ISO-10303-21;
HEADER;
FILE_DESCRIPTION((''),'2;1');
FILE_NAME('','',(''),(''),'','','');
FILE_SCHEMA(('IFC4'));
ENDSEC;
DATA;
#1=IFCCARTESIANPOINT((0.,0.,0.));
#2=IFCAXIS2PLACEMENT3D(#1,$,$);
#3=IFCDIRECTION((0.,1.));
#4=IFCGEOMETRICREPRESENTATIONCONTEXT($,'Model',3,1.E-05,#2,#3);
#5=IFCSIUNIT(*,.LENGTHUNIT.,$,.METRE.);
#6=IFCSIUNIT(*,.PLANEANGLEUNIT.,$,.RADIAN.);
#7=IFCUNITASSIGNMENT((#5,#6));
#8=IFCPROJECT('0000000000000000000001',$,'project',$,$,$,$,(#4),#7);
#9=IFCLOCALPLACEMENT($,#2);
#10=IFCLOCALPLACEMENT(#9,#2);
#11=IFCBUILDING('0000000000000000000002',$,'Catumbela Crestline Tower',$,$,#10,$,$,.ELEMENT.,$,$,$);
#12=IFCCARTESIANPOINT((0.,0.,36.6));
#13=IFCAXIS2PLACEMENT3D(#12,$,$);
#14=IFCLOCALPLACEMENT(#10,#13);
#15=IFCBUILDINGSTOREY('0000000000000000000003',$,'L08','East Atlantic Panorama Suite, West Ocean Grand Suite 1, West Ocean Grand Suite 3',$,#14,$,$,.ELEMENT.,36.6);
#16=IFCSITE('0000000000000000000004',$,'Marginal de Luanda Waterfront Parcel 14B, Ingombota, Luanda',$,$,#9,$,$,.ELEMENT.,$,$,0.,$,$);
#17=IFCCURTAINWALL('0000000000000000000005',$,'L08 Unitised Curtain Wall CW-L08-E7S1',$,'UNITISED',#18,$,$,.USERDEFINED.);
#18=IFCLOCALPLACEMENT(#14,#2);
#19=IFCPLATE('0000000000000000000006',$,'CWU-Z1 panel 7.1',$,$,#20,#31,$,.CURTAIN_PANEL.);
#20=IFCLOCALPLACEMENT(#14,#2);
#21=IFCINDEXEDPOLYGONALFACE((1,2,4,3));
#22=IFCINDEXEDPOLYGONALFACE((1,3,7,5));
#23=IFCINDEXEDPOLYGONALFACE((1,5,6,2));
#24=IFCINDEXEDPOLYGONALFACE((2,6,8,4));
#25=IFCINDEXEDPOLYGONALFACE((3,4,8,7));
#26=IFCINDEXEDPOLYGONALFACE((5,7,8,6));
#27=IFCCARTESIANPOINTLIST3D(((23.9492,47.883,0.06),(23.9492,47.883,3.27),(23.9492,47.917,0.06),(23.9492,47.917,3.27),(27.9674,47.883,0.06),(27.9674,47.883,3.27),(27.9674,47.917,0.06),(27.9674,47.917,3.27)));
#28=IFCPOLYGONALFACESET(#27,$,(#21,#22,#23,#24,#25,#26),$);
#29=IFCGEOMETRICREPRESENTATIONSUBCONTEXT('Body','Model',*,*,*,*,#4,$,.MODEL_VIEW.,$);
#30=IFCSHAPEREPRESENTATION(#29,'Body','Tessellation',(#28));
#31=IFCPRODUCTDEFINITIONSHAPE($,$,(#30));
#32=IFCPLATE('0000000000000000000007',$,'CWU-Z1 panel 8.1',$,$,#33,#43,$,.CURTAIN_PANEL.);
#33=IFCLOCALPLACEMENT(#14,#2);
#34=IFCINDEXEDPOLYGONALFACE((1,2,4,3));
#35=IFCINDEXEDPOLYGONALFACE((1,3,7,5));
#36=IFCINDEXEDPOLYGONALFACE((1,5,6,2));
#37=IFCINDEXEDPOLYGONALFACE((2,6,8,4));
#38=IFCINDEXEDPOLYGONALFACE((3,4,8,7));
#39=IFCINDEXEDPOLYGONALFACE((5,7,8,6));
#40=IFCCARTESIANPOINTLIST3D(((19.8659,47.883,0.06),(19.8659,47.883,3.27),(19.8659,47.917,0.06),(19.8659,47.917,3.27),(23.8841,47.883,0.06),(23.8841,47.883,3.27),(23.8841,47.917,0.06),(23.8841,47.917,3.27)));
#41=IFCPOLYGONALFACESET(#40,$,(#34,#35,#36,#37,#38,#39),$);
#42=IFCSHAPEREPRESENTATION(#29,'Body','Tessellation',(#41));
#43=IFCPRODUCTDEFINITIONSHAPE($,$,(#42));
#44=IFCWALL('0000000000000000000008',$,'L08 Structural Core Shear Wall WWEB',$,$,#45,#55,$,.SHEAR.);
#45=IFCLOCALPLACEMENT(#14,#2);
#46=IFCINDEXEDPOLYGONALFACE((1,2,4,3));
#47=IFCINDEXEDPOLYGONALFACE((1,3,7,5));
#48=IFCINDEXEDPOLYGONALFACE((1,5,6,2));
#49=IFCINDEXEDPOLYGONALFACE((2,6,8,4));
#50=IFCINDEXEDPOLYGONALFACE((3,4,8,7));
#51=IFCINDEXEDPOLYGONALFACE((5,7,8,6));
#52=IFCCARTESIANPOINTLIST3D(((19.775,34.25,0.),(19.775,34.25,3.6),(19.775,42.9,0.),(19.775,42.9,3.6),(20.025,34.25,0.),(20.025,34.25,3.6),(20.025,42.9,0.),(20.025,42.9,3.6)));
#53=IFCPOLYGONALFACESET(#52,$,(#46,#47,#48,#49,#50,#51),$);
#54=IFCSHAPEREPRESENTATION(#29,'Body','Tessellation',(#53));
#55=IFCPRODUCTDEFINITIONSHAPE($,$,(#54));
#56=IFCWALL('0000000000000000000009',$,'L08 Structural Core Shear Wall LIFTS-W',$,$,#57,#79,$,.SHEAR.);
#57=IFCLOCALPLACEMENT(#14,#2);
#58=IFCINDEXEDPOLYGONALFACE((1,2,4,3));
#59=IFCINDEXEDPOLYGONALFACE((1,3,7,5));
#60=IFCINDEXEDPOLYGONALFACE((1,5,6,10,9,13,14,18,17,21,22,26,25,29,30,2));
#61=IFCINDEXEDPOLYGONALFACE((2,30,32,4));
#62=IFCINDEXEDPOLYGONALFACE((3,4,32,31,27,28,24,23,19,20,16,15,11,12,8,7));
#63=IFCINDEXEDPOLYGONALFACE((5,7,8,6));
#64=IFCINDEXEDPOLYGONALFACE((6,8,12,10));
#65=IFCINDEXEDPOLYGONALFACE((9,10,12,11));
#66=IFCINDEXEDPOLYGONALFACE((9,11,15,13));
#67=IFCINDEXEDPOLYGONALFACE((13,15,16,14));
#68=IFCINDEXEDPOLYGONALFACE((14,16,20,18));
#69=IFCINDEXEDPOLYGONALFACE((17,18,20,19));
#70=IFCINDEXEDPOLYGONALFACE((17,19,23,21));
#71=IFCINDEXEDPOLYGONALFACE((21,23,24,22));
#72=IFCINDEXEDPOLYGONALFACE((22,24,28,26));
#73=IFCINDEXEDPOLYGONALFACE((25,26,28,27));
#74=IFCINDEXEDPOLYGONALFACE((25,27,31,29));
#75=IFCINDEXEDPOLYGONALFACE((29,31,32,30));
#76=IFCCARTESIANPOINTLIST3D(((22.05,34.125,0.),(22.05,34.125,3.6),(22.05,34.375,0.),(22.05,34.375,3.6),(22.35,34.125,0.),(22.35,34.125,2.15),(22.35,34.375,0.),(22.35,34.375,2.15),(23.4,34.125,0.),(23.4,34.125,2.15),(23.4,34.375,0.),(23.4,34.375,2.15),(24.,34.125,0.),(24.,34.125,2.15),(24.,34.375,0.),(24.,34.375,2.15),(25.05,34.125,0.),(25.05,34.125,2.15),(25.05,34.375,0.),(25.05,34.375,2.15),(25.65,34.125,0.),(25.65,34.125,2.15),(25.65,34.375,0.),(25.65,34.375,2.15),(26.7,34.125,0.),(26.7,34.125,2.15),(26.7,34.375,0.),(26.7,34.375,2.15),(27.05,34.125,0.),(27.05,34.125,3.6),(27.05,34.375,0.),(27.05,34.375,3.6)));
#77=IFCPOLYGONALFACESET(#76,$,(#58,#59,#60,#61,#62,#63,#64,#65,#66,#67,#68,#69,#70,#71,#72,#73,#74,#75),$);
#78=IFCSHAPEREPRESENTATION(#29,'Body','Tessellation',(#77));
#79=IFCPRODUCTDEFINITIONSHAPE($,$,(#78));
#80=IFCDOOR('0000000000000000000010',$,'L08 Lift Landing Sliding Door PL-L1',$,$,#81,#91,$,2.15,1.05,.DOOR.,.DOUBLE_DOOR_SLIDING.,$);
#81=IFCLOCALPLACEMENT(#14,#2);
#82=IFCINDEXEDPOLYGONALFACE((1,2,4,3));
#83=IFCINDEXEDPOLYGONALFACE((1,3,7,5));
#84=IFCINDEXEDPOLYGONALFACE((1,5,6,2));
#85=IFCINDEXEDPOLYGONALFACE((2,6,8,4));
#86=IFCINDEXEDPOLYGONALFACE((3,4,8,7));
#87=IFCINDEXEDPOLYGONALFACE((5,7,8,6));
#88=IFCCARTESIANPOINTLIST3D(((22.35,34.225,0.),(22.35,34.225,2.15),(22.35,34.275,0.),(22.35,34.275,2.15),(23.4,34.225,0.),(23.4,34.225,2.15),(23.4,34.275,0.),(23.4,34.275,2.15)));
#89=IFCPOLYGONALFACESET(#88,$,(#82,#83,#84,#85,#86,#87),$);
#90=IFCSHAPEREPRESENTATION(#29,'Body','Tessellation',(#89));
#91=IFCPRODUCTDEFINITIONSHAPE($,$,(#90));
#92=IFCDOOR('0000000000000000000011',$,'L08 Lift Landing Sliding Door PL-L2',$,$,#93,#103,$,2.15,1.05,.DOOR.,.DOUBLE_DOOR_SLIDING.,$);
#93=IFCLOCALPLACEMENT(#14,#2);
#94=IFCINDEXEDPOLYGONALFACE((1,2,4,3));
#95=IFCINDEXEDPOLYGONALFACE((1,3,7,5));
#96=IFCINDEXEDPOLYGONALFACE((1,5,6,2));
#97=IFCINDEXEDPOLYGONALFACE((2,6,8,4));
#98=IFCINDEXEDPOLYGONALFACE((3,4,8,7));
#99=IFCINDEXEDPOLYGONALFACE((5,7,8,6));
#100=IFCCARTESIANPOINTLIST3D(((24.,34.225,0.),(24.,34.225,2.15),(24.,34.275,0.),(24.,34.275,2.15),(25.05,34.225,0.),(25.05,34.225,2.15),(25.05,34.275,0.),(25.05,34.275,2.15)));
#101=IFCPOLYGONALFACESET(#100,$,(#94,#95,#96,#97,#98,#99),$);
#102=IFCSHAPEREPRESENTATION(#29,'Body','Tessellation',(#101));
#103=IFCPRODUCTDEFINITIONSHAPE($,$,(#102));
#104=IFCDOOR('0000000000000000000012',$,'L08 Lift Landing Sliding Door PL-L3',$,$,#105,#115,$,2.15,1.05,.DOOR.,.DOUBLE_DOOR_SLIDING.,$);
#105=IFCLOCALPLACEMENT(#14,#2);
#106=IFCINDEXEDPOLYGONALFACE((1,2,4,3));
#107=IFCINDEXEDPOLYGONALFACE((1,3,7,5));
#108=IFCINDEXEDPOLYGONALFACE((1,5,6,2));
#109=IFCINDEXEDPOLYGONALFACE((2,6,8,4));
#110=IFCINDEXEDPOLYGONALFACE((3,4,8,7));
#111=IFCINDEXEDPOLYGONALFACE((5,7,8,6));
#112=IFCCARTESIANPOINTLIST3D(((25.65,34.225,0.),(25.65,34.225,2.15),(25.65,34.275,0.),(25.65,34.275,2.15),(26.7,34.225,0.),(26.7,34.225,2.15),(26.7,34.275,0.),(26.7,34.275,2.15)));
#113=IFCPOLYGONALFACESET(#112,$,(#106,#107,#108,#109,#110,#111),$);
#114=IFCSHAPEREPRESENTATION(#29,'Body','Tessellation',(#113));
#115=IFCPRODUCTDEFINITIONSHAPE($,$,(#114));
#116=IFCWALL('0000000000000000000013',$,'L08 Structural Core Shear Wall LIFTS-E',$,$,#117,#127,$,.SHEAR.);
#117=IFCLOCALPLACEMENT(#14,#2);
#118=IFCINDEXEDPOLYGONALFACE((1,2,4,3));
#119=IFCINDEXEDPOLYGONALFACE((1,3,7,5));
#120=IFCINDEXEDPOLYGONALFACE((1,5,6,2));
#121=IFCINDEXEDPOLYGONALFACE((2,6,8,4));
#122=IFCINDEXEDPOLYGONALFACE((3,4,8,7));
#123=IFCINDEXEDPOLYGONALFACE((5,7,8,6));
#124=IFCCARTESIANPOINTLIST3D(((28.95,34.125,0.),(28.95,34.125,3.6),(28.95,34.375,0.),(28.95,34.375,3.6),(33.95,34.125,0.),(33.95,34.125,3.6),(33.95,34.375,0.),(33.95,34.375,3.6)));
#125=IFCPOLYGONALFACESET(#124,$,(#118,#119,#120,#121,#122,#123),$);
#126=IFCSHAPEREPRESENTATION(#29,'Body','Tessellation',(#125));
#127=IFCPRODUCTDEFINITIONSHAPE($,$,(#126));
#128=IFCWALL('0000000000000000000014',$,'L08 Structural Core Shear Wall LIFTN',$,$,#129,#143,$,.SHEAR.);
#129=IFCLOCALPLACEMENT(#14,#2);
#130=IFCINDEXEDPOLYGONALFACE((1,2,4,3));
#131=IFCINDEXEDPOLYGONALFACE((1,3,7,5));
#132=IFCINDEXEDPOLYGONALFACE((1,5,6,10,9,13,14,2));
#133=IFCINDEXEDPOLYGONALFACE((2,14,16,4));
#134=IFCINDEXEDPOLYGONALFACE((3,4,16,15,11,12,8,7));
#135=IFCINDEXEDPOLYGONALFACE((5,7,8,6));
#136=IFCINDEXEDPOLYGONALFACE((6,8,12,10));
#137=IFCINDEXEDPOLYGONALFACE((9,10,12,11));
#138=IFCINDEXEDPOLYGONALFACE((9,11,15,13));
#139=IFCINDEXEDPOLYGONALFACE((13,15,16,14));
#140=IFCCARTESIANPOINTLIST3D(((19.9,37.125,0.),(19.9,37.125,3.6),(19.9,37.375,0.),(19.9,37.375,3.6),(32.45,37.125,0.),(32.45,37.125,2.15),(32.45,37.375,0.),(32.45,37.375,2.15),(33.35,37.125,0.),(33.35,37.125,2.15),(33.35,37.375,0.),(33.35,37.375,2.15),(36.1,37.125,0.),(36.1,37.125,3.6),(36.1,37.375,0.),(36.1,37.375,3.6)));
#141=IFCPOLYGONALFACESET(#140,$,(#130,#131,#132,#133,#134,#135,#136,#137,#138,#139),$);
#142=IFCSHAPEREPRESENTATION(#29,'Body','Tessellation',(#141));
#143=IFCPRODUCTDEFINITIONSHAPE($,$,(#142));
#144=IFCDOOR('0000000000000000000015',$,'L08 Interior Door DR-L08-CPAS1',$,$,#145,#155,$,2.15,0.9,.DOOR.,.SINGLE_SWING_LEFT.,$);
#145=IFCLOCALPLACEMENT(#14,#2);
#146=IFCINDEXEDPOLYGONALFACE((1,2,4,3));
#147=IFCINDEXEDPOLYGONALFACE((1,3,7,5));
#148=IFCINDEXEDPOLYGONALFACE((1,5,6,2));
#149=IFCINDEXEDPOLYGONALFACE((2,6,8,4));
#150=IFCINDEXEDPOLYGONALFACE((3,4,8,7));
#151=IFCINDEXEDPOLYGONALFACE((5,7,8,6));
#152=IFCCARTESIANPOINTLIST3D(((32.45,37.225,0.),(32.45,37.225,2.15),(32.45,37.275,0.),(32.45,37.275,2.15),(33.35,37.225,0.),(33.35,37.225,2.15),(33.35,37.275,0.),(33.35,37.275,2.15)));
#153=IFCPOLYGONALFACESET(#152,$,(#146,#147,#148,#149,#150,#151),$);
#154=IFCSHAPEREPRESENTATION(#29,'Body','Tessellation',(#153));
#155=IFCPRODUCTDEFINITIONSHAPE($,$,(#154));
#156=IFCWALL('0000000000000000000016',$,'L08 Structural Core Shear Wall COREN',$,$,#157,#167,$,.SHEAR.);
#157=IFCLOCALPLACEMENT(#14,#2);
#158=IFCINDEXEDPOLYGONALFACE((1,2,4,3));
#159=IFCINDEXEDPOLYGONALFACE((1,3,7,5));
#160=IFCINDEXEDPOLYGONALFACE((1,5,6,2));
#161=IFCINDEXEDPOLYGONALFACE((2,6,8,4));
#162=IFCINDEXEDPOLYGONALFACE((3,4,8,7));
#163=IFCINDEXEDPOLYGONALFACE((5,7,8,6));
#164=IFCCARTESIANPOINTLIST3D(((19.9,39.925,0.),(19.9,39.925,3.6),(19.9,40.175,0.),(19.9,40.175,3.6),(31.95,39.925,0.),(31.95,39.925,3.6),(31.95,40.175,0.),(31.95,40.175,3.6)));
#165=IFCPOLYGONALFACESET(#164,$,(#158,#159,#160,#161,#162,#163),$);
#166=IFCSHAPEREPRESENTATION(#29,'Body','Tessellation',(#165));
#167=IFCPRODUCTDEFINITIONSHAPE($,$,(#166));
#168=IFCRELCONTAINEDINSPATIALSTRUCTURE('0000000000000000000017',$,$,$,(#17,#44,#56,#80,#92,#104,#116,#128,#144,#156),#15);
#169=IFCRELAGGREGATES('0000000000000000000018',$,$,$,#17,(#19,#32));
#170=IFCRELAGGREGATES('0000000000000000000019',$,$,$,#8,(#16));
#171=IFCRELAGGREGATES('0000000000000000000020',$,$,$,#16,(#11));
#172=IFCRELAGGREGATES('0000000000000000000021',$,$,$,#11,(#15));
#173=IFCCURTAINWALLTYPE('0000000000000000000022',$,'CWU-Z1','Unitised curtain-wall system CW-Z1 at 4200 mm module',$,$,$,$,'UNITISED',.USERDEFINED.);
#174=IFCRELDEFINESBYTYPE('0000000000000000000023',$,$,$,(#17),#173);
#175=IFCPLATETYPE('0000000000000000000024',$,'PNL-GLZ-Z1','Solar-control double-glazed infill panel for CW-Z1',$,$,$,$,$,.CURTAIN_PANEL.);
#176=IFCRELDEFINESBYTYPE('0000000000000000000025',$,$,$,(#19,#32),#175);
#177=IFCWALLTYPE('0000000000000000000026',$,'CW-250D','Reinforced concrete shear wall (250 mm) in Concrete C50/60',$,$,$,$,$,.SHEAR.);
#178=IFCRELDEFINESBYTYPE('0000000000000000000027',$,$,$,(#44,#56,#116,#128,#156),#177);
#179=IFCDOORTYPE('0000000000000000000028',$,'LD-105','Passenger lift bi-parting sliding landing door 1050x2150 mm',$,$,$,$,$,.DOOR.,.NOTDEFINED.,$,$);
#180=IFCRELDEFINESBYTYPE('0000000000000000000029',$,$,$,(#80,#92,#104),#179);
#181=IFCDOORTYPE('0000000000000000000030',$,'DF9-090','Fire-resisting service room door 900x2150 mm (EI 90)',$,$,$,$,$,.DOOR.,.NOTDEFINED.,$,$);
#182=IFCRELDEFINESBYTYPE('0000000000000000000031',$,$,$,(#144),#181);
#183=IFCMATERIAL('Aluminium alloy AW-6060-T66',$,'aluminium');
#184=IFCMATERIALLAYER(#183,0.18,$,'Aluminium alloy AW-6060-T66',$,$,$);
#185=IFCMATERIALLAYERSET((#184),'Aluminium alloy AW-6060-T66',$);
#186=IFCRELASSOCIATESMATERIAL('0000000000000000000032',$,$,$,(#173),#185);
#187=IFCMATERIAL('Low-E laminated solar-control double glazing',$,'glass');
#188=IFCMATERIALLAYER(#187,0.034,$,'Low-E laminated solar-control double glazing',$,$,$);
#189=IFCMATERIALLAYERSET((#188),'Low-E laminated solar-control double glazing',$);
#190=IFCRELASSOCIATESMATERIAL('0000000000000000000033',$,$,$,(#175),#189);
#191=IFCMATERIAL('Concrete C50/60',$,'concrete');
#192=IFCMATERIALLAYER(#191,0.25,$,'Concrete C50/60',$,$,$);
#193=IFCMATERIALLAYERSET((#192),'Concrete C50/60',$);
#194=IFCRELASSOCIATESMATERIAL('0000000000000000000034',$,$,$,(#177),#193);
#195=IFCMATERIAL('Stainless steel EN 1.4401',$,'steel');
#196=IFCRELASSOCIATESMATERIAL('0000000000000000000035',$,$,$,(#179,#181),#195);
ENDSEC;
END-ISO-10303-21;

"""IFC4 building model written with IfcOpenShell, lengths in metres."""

from ifc_helpers import new_model, si_unit, direction, frame, frame_2d, origin, origin_2d, place, context, subcontext, project, spatial, rectangle, extrude, material, layer, layer_set, type_object, element, fill, aggregate, save


model = new_model("IFC4")

# Units and contexts
model_context = context("Model", 3, precision=1e-05, world=origin(), true_north=direction((0.0, 1.0)))
body_context = subcontext(model_context, "Body", "Model", "MODEL_VIEW")
ifc_project = project(units=[si_unit("LENGTHUNIT", "METRE"), si_unit("PLANEANGLEUNIT", "RADIAN")], contexts=[model_context])

# Site, building, storey
site_placement = place(None, origin())
site = spatial("IfcSite", under=ifc_project, at=site_placement, Name="Marginal de Luanda Waterfront Parcel 14B, Ingombota, Luanda", CompositionType="ELEMENT", RefElevation=0.0)
building_placement = place(site_placement, origin())
building = spatial("IfcBuilding", under=site, at=building_placement, Name="Catumbela Crestline Tower", CompositionType="ELEMENT")
storey_placement = place(building_placement, frame((0.0, 0.0, 36.6)))
storey = spatial("IfcBuildingStorey", under=building, at=storey_placement, Name="L08", Description="East Atlantic Panorama Suite, West Ocean Grand Suite 1, West Ocean Grand Suite 3", CompositionType="ELEMENT", Elevation=36.6)

# Curtain wall, plates
ifc_material_1 = material(Name="Aluminium alloy AW-6060-T66", Category="aluminium")
ifc_layer_1 = layer(ifc_material_1, 0.18, Name="Aluminium alloy AW-6060-T66")
ifc_layer_set_1 = layer_set([ifc_layer_1], Name="Aluminium alloy AW-6060-T66")
curtain_wall_type = type_object("IfcCurtainWallType", Name="CWU-Z1", Description="Unitised curtain-wall system CW-Z1 at 4200 mm module", ElementType="UNITISED", PredefinedType="USERDEFINED", material=ifc_layer_set_1)
curtain_wall_placement = place(storey_placement, origin())
curtain_wall = element("IfcCurtainWall", 1, at=curtain_wall_placement, inside=storey, type_object=curtain_wall_type, Name="L08 Unitised Curtain Wall CW-L08-E7S1", ObjectType="UNITISED", PredefinedType="USERDEFINED")
ifc_material_2 = material(Name="Low-E laminated solar-control double glazing", Category="glass")
ifc_layer_2 = layer(ifc_material_2, 0.034, Name="Low-E laminated solar-control double glazing")
ifc_layer_set_2 = layer_set([ifc_layer_2], Name="Low-E laminated solar-control double glazing")
plate_type = type_object("IfcPlateType", Name="PNL-GLZ-Z1", Description="Solar-control double-glazed infill panel for CW-Z1", PredefinedType="CURTAIN_PANEL", material=ifc_layer_set_2)
plate_1_placement = place(storey_placement, frame((25.9583, 47.9, 0.06), z_axis=(0.0, 0.0, 1.0), x_axis=(-1.0, 0.0, 0.0)))
plate_1 = element("IfcPlate", 2, at=plate_1_placement, type_object=plate_type, Name="CWU-Z1 panel 7.1", PredefinedType="CURTAIN_PANEL", context=body_context, shape_type="SweptSolid", body=[
    extrude(rectangle(XDim=4.0183, YDim=0.034, at=origin_2d()), origin(), (0.0, 0.0, 1.0), 3.21),
])
plate_2_placement = place(storey_placement, frame((21.875, 47.9, 0.06), z_axis=(0.0, 0.0, 1.0), x_axis=(-1.0, 0.0, 0.0)))
plate_2 = element("IfcPlate", 3, at=plate_2_placement, type_object=plate_type, Name="CWU-Z1 panel 8.1", PredefinedType="CURTAIN_PANEL", context=body_context, shape_type="SweptSolid", body=[
    extrude(rectangle(XDim=4.0183, YDim=0.034, at=origin_2d()), origin(), (0.0, 0.0, 1.0), 3.21),
])
aggregate(curtain_wall, [plate_1, plate_2])

# Wall
ifc_material_3 = material(Name="Concrete C50/60", Category="concrete")
ifc_layer_3 = layer(ifc_material_3, 0.25, Name="Concrete C50/60")
ifc_layer_set_3 = layer_set([ifc_layer_3], Name="Concrete C50/60")
wall_type_1 = type_object("IfcWallType", Name="CW-250D", Description="Reinforced concrete shear wall (250 mm) in Concrete C50/60", PredefinedType="SHEAR", material=ifc_layer_set_3)
wall_1_placement = place(storey_placement, frame((19.9, 34.25, 0.0), z_axis=(0.0, 0.0, 1.0), x_axis=(0.0, 1.0, 0.0)))
element("IfcWall", 4, at=wall_1_placement, inside=storey, type_object=wall_type_1, Name="L08 Structural Core Shear Wall WWEB", PredefinedType="SHEAR", context=body_context, shape_type="SweptSolid", body=[
    extrude(rectangle(XDim=8.65, YDim=0.25, at=frame_2d((4.325, 0.0))), origin(), (0.0, 0.0, 1.0), 3.6),
])

# Wall, openings, doors
wall_2_placement = place(storey_placement, frame((22.05, 34.25, 0.0), z_axis=(0.0, 0.0, 1.0), x_axis=(1.0, 0.0, 0.0)))
wall_2 = element("IfcWall", 5, at=wall_2_placement, inside=storey, type_object=wall_type_1, Name="L08 Structural Core Shear Wall LIFTS-W", PredefinedType="SHEAR", context=body_context, shape_type="SweptSolid", body=[
    extrude(rectangle(XDim=5.0, YDim=0.25, at=frame_2d((2.5, 0.0))), origin(), (0.0, 0.0, 1.0), 3.6),
])
opening_1_placement = place(wall_2_placement, frame((0.3, 0.0, 0.0)))
opening_1 = element("IfcOpeningElement", 6, at=opening_1_placement, cuts=wall_2, PredefinedType="OPENING", context=body_context, shape_type="SweptSolid", body=[
    extrude(rectangle(XDim=1.05, YDim=2.15, at=frame_2d((0.525, 1.075))), frame((0.0, 0.135, 0.0), z_axis=(0.0, -1.0, 0.0), x_axis=(1.0, 0.0, 0.0)), (0.0, 0.0, 1.0), 0.27),
])
opening_2_placement = place(wall_2_placement, frame((1.95, 0.0, 0.0)))
opening_2 = element("IfcOpeningElement", 7, at=opening_2_placement, cuts=wall_2, PredefinedType="OPENING", context=body_context, shape_type="SweptSolid", body=[
    extrude(rectangle(XDim=1.05, YDim=2.15, at=frame_2d((0.525, 1.075))), frame((0.0, 0.135, 0.0), z_axis=(0.0, -1.0, 0.0), x_axis=(1.0, 0.0, 0.0)), (0.0, 0.0, 1.0), 0.27),
])
opening_3_placement = place(wall_2_placement, frame((3.6, 0.0, 0.0)))
opening_3 = element("IfcOpeningElement", 8, at=opening_3_placement, cuts=wall_2, PredefinedType="OPENING", context=body_context, shape_type="SweptSolid", body=[
    extrude(rectangle(XDim=1.05, YDim=2.15, at=frame_2d((0.525, 1.075))), frame((0.0, 0.135, 0.0), z_axis=(0.0, -1.0, 0.0), x_axis=(1.0, 0.0, 0.0)), (0.0, 0.0, 1.0), 0.27),
])
ifc_material_4 = material(Name="Stainless steel EN 1.4401", Category="steel")
door_type_1 = type_object("IfcDoorType", Name="LD-105", Description="Passenger lift bi-parting sliding landing door 1050x2150 mm", OperationType="NOTDEFINED", PredefinedType="DOOR", material=ifc_material_4)
door_1_placement = place(opening_1_placement, origin())
door_1 = element("IfcDoor", 9, at=door_1_placement, inside=storey, type_object=door_type_1, Name="L08 Lift Landing Sliding Door PL-L1", OperationType="DOUBLE_DOOR_SLIDING", OverallHeight=2.15, OverallWidth=1.05, PredefinedType="DOOR", context=body_context, shape_type="SweptSolid", body=[
    extrude(rectangle(XDim=1.05, YDim=2.15, at=frame_2d((0.525, 1.075))), frame((0.0, 0.025, 0.0), z_axis=(0.0, -1.0, 0.0), x_axis=(1.0, 0.0, 0.0)), (0.0, 0.0, 1.0), 0.05),
])
fill(opening_1, door_1)
door_2_placement = place(opening_2_placement, origin())
door_2 = element("IfcDoor", 10, at=door_2_placement, inside=storey, type_object=door_type_1, Name="L08 Lift Landing Sliding Door PL-L2", OperationType="DOUBLE_DOOR_SLIDING", OverallHeight=2.15, OverallWidth=1.05, PredefinedType="DOOR", context=body_context, shape_type="SweptSolid", body=[
    extrude(rectangle(XDim=1.05, YDim=2.15, at=frame_2d((0.525, 1.075))), frame((0.0, 0.025, 0.0), z_axis=(0.0, -1.0, 0.0), x_axis=(1.0, 0.0, 0.0)), (0.0, 0.0, 1.0), 0.05),
])
fill(opening_2, door_2)
door_3_placement = place(opening_3_placement, origin())
door_3 = element("IfcDoor", 11, at=door_3_placement, inside=storey, type_object=door_type_1, Name="L08 Lift Landing Sliding Door PL-L3", OperationType="DOUBLE_DOOR_SLIDING", OverallHeight=2.15, OverallWidth=1.05, PredefinedType="DOOR", context=body_context, shape_type="SweptSolid", body=[
    extrude(rectangle(XDim=1.05, YDim=2.15, at=frame_2d((0.525, 1.075))), frame((0.0, 0.025, 0.0), z_axis=(0.0, -1.0, 0.0), x_axis=(1.0, 0.0, 0.0)), (0.0, 0.0, 1.0), 0.05),
])
fill(opening_3, door_3)

# Wall
wall_3_placement = place(storey_placement, frame((28.95, 34.25, 0.0), z_axis=(0.0, 0.0, 1.0), x_axis=(1.0, 0.0, 0.0)))
element("IfcWall", 12, at=wall_3_placement, inside=storey, type_object=wall_type_1, Name="L08 Structural Core Shear Wall LIFTS-E", PredefinedType="SHEAR", context=body_context, shape_type="SweptSolid", body=[
    extrude(rectangle(XDim=5.0, YDim=0.25, at=frame_2d((2.5, 0.0))), origin(), (0.0, 0.0, 1.0), 3.6),
])

# Wall, opening, door
wall_4_placement = place(storey_placement, frame((19.9, 37.25, 0.0), z_axis=(0.0, 0.0, 1.0), x_axis=(1.0, 0.0, 0.0)))
wall_4 = element("IfcWall", 13, at=wall_4_placement, inside=storey, type_object=wall_type_1, Name="L08 Structural Core Shear Wall LIFTN", PredefinedType="SHEAR", context=body_context, shape_type="SweptSolid", body=[
    extrude(rectangle(XDim=16.2, YDim=0.25, at=frame_2d((8.1, 0.0))), origin(), (0.0, 0.0, 1.0), 3.6),
])
opening_4_placement = place(wall_4_placement, frame((12.55, 0.0, 0.0)))
opening_4 = element("IfcOpeningElement", 14, at=opening_4_placement, cuts=wall_4, PredefinedType="OPENING", context=body_context, shape_type="SweptSolid", body=[
    extrude(rectangle(XDim=0.9, YDim=2.15, at=frame_2d((0.45, 1.075))), frame((0.0, 0.135, 0.0), z_axis=(0.0, -1.0, 0.0), x_axis=(1.0, 0.0, 0.0)), (0.0, 0.0, 1.0), 0.27),
])
door_type_2 = type_object("IfcDoorType", Name="DF9-090", Description="Fire-resisting service room door 900x2150 mm (EI 90)", OperationType="NOTDEFINED", PredefinedType="DOOR", material=ifc_material_4)
door_4_placement = place(opening_4_placement, origin())
door_4 = element("IfcDoor", 15, at=door_4_placement, inside=storey, type_object=door_type_2, Name="L08 Interior Door DR-L08-CPAS1", OperationType="SINGLE_SWING_LEFT", OverallHeight=2.15, OverallWidth=0.9, PredefinedType="DOOR", context=body_context, shape_type="SweptSolid", body=[
    extrude(rectangle(XDim=0.9, YDim=2.15, at=frame_2d((0.45, 1.075))), frame((0.0, 0.025, 0.0), z_axis=(0.0, -1.0, 0.0), x_axis=(1.0, 0.0, 0.0)), (0.0, 0.0, 1.0), 0.05),
])
fill(opening_4, door_4)

# Wall
wall_5_placement = place(storey_placement, frame((19.9, 40.05, 0.0), z_axis=(0.0, 0.0, 1.0), x_axis=(1.0, 0.0, 0.0)))
element("IfcWall", 16, at=wall_5_placement, inside=storey, type_object=wall_type_1, Name="L08 Structural Core Shear Wall COREN", PredefinedType="SHEAR", context=body_context, shape_type="SweptSolid", body=[
    extrude(rectangle(XDim=12.05, YDim=0.25, at=frame_2d((6.025, 0.0))), origin(), (0.0, 0.0, 1.0), 3.6),
])

save(model, "model.ifc")
